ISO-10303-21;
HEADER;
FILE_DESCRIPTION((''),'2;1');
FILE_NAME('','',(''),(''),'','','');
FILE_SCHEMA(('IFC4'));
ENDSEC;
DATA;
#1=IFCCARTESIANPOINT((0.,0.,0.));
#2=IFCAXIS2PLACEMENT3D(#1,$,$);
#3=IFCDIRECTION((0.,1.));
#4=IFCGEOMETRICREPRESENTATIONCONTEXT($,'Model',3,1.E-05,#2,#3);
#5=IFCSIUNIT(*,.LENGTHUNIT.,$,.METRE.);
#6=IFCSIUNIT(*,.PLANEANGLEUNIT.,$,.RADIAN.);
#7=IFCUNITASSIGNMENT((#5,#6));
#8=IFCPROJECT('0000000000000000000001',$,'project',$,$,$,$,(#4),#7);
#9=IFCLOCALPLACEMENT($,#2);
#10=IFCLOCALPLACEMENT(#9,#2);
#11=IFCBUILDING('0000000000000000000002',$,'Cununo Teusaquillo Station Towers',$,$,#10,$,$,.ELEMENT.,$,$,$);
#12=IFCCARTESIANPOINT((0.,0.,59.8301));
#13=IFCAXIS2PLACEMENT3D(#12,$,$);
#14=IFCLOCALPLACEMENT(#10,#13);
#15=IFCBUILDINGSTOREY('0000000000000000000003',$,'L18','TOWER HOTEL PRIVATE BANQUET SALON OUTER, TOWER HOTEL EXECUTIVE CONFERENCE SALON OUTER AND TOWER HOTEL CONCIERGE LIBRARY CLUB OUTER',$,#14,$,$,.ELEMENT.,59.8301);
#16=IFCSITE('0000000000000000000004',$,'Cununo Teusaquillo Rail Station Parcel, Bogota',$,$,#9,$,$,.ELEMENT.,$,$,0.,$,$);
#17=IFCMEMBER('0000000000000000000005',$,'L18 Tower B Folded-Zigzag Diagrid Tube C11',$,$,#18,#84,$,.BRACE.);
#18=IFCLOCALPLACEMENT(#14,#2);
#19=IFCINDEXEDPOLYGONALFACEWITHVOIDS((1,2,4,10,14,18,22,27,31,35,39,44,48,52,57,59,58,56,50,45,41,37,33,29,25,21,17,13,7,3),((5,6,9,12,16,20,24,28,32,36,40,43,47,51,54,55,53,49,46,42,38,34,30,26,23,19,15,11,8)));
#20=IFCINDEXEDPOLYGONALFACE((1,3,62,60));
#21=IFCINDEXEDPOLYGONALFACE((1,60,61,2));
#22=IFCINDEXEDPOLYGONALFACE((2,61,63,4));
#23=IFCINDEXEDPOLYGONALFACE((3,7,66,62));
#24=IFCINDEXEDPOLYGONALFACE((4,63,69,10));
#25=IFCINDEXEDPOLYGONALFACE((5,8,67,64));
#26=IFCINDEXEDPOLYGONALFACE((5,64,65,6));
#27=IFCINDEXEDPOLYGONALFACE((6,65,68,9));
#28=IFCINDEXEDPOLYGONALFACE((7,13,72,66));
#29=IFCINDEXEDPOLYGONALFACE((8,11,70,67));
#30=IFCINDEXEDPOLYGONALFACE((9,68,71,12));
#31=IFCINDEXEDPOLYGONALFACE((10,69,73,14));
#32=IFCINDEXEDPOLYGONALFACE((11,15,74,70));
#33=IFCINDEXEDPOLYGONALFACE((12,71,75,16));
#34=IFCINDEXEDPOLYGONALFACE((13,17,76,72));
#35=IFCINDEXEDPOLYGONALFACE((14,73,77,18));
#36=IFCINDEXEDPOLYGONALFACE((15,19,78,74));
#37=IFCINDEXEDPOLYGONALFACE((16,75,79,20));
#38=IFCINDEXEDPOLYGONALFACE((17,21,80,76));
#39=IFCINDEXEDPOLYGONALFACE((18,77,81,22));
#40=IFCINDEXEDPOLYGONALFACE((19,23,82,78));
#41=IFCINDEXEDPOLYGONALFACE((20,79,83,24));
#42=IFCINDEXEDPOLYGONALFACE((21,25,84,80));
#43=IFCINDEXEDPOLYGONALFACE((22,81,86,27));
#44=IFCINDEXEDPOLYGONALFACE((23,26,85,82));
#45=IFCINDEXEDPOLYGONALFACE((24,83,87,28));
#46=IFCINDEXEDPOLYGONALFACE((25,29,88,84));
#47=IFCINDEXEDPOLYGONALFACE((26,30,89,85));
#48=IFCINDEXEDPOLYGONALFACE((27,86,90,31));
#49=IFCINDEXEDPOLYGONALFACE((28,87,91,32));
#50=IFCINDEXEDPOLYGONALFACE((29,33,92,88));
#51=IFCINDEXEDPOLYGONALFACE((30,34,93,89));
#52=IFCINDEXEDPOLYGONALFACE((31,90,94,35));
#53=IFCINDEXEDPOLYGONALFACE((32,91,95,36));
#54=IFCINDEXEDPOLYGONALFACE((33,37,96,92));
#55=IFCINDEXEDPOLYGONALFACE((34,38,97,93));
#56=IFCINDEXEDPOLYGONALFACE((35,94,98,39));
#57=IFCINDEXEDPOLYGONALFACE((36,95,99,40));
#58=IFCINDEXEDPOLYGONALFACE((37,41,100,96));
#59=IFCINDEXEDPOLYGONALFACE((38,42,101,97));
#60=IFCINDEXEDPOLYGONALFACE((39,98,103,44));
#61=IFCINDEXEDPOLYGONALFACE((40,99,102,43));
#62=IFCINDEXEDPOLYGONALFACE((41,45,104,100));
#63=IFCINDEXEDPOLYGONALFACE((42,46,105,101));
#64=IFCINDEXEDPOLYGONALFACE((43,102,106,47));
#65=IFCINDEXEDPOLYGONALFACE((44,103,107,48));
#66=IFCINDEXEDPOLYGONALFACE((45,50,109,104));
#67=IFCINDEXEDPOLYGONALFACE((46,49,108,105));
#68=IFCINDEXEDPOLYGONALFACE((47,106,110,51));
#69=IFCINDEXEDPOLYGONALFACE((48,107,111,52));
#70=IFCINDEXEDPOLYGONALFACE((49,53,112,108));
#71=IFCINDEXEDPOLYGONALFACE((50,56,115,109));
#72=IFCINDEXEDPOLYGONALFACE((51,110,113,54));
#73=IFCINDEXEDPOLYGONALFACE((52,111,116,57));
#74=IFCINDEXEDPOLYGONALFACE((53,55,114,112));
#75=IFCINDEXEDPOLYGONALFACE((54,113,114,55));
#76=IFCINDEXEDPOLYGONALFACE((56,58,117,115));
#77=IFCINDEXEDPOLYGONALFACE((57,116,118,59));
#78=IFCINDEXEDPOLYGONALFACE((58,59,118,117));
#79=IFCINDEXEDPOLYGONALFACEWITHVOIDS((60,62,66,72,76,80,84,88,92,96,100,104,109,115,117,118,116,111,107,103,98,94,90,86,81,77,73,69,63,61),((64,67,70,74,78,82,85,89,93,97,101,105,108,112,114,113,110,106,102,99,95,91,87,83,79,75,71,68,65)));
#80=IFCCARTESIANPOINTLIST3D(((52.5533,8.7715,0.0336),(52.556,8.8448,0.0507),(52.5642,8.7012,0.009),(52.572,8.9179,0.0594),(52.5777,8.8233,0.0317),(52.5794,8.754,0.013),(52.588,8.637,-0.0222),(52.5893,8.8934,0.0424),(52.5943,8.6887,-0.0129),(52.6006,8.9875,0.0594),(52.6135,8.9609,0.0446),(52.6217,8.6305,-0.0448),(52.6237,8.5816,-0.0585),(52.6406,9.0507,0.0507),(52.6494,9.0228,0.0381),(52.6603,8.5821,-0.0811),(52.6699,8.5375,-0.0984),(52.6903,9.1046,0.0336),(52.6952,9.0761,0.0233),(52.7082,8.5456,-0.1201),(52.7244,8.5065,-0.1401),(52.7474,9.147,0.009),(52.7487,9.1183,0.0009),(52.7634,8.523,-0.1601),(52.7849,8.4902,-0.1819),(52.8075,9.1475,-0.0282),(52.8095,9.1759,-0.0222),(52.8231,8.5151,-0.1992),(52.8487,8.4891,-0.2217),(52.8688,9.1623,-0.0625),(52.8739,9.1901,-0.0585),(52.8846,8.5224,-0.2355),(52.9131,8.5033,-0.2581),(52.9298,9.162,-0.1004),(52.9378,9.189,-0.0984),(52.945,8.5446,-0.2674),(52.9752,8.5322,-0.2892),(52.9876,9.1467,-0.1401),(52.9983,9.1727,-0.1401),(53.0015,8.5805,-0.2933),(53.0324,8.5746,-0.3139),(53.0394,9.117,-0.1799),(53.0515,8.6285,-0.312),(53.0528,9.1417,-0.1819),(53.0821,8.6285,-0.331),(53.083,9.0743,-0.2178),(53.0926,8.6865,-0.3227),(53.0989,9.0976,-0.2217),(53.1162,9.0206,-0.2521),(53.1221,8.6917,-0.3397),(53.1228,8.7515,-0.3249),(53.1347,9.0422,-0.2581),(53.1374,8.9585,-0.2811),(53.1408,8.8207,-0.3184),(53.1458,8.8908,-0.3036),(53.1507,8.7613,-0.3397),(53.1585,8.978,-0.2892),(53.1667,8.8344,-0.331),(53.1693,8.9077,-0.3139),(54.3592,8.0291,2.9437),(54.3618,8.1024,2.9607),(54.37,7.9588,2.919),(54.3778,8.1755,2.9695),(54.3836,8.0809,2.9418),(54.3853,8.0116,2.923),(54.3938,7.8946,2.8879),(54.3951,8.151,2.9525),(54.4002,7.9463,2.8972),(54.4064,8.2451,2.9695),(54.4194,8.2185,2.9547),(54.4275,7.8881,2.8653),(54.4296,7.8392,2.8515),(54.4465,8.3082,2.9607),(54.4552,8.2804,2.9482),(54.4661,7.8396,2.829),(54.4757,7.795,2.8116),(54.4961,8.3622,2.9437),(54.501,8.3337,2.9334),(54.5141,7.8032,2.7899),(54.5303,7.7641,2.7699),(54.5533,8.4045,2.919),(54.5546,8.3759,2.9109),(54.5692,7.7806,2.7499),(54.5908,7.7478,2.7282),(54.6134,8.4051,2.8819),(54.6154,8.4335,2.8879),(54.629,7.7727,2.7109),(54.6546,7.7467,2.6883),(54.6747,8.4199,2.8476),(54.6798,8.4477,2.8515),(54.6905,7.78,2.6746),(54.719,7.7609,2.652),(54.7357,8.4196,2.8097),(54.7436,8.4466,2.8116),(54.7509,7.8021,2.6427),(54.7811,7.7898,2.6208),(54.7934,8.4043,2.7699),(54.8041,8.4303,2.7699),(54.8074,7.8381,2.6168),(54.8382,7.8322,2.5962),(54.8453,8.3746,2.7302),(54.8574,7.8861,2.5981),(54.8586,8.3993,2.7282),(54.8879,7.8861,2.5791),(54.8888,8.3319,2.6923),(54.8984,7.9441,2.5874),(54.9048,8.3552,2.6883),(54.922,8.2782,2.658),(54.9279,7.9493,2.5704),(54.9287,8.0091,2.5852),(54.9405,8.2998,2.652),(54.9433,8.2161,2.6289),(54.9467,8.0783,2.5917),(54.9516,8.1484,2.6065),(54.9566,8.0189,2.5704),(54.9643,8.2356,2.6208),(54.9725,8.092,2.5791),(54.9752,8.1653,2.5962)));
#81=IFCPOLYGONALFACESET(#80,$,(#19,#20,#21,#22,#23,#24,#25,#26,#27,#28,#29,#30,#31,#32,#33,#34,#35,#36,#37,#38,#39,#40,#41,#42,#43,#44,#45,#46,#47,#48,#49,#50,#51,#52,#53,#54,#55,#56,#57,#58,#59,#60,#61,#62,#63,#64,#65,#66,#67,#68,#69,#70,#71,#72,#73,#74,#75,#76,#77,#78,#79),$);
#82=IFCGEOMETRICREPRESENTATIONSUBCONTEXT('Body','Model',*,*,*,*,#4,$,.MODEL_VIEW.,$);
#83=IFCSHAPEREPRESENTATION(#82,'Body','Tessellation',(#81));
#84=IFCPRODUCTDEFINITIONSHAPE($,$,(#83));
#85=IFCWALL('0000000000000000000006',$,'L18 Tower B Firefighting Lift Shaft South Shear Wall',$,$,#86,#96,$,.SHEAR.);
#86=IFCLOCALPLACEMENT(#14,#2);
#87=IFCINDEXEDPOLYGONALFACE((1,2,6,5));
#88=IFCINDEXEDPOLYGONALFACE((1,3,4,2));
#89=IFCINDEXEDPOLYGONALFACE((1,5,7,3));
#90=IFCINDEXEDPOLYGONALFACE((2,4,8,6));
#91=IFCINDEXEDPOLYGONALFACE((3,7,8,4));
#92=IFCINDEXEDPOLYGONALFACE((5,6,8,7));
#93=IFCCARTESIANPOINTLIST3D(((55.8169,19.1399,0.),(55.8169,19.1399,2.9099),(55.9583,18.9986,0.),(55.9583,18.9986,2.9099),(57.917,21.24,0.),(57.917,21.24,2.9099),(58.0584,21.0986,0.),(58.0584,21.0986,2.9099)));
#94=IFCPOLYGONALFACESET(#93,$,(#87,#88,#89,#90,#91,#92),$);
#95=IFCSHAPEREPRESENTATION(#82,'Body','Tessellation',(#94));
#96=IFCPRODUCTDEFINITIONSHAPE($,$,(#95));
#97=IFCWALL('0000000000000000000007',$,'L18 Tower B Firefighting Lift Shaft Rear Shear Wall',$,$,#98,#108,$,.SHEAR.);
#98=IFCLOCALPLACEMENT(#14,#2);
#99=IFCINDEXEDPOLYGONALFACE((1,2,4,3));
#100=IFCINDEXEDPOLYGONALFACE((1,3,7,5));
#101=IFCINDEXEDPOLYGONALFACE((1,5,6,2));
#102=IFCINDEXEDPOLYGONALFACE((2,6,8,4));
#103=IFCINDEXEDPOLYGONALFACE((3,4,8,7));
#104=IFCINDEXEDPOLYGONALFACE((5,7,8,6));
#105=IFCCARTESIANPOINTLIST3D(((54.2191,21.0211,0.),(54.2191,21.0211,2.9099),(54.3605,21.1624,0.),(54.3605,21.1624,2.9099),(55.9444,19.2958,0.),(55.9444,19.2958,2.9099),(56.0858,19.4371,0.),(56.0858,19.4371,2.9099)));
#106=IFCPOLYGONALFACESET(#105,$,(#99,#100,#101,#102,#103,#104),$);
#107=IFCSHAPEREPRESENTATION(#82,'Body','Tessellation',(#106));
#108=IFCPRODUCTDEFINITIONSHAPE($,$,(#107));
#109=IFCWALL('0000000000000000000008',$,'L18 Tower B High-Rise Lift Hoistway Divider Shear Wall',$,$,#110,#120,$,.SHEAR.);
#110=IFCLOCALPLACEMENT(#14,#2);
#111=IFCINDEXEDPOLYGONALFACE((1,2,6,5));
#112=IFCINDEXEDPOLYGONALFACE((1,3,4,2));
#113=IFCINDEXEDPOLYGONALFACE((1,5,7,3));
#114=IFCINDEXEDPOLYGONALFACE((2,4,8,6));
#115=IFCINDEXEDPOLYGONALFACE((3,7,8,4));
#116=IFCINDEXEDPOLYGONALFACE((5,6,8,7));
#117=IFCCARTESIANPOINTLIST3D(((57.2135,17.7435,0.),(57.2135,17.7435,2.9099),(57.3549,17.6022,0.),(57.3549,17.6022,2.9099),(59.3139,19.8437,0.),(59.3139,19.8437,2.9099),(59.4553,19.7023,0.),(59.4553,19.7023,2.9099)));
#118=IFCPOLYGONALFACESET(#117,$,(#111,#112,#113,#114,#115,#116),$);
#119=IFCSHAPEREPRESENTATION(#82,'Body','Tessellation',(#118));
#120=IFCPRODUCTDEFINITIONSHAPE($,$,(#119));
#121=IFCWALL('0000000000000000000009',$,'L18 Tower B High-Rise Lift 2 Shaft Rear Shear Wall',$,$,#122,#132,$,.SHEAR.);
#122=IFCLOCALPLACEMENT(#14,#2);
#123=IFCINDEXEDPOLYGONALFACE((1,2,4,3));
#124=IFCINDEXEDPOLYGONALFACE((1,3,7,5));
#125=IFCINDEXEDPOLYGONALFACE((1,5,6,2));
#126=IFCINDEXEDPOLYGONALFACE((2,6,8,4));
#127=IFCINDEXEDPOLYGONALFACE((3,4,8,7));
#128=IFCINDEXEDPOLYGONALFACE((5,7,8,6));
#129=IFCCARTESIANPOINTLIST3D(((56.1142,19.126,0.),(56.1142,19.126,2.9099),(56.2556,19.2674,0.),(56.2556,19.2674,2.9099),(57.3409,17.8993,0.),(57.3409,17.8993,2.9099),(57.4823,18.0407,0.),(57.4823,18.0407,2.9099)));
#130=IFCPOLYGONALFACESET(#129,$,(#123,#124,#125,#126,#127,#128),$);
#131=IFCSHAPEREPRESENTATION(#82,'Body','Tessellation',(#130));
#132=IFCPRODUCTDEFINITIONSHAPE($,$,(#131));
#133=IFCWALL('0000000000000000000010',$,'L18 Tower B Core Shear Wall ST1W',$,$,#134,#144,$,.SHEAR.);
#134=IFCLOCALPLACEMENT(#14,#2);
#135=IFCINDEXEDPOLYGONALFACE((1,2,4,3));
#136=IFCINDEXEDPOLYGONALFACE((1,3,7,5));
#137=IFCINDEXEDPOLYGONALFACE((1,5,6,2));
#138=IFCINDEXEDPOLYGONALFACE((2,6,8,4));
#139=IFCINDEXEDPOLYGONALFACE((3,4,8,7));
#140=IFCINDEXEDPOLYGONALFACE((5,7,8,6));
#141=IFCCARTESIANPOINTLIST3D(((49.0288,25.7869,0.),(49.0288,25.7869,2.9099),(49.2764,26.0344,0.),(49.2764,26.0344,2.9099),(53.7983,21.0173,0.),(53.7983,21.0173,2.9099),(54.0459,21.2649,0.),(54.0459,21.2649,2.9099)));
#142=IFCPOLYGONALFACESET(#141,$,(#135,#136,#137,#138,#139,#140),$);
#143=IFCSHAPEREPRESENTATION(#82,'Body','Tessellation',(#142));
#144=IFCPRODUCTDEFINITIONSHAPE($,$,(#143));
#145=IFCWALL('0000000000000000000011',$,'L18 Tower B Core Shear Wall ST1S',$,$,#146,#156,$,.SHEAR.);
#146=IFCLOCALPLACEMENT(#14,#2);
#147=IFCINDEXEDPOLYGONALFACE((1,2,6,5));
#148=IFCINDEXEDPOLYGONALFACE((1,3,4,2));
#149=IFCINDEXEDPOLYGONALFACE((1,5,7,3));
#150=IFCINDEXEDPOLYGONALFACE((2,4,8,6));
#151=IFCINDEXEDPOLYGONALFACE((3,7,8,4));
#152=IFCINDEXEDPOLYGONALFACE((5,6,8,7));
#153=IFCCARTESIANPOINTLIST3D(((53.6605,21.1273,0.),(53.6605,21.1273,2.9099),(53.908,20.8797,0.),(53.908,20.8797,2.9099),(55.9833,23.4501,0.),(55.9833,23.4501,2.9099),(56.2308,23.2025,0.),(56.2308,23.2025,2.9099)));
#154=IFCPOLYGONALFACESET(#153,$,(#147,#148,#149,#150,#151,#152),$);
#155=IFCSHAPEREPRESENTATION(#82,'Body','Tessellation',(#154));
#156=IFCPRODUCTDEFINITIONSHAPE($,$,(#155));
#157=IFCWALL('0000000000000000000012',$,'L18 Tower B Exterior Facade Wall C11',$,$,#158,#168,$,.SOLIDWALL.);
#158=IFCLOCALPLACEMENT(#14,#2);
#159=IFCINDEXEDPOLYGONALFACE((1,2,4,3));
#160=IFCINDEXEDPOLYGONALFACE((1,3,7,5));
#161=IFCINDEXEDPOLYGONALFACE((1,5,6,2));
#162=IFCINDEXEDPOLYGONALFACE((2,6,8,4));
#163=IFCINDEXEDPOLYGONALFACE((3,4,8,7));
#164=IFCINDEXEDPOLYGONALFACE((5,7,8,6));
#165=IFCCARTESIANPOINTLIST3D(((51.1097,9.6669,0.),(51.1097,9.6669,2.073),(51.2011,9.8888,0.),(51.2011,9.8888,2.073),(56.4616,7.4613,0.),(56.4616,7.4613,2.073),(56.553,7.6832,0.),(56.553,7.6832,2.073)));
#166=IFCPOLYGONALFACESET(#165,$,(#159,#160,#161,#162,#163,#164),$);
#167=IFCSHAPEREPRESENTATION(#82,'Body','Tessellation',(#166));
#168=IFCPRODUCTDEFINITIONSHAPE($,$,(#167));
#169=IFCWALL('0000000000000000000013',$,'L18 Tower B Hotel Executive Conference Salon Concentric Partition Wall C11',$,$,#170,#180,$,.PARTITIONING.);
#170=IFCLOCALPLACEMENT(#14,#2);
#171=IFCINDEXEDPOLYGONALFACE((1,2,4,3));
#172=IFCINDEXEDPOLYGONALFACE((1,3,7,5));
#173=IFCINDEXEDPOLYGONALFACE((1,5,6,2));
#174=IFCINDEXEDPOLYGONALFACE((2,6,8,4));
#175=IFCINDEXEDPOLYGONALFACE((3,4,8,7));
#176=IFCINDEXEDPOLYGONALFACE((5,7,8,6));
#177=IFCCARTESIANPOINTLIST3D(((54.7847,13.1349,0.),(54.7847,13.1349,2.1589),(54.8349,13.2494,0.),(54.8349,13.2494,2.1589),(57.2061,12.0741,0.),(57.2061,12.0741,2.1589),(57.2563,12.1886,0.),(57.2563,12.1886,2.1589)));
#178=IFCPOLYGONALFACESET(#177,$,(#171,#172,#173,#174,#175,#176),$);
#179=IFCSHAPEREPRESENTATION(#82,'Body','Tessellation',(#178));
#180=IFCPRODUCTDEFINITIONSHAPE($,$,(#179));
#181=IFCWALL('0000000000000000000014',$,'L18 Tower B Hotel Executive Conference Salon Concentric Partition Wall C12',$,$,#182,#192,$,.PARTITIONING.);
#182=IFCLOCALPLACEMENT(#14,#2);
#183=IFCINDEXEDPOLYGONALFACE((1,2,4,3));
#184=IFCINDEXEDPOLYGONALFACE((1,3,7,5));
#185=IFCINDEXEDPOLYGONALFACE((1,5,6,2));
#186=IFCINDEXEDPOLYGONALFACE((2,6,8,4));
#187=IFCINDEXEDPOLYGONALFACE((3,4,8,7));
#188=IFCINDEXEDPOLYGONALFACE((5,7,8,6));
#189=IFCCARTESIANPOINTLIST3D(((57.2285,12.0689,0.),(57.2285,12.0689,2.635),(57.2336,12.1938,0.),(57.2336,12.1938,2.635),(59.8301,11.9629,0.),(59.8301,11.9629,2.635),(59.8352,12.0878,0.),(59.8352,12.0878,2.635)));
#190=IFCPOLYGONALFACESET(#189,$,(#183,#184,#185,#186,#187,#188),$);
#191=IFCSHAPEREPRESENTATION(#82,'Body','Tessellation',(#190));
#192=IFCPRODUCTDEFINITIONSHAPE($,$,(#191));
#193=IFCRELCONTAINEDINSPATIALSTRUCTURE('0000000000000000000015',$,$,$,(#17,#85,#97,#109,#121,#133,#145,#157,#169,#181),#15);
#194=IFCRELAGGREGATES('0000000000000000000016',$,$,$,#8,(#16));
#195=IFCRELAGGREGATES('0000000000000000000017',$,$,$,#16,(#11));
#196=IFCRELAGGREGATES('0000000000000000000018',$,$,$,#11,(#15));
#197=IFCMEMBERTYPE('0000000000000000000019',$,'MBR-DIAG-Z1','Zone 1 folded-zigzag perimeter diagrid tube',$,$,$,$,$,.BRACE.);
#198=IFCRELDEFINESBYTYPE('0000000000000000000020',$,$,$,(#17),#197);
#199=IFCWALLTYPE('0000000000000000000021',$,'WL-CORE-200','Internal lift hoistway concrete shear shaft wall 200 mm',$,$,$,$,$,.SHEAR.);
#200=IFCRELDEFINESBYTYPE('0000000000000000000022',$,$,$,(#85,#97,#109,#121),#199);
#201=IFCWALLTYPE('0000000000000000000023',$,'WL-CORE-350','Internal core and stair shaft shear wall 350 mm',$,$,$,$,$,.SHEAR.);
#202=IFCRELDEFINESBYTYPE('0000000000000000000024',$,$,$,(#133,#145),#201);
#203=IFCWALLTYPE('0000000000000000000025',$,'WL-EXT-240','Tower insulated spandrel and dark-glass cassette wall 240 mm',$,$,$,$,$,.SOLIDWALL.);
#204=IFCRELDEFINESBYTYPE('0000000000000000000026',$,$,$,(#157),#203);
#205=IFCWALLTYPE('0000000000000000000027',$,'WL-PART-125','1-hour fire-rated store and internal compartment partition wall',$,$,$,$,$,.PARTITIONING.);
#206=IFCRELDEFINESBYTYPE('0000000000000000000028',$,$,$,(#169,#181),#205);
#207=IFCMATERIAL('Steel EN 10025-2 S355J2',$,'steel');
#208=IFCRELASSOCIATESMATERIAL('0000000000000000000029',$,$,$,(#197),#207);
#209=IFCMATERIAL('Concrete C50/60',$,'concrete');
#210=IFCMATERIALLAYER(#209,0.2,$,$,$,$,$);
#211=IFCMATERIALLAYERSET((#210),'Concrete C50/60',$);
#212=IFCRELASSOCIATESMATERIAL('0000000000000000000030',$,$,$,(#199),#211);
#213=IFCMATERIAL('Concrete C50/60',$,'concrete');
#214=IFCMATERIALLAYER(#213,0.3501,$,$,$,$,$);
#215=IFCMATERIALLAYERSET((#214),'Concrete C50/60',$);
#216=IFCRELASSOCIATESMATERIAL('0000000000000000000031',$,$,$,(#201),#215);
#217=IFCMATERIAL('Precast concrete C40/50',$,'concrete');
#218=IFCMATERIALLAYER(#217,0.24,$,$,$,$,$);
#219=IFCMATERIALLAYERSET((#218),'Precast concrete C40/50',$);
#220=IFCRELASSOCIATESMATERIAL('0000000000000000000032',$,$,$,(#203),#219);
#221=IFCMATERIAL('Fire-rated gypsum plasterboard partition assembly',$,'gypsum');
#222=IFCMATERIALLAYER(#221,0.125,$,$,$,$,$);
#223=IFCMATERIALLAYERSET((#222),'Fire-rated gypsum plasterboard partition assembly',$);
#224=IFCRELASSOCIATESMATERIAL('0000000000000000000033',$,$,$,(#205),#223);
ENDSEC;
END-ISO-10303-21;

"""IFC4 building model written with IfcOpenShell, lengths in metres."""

from ifc_helpers import new_model, si_unit, direction, frame, frame_2d, origin, origin_2d, place, context, subcontext, project, spatial, rectangle, hollow_circle, extrude, material, layer, layer_set, material_profile, profile_set, type_object, element, save


model = new_model("IFC4")

# Units and contexts
model_context = context("Model", 3, precision=1e-05, world=origin(), true_north=direction((0.0, 1.0)))
body_context = subcontext(model_context, "Body", "Model", "MODEL_VIEW")
ifc_project = project(units=[si_unit("LENGTHUNIT", "METRE"), si_unit("PLANEANGLEUNIT", "RADIAN")], contexts=[model_context])

# Site, building, storey
site_placement = place(None, origin())
site = spatial("IfcSite", under=ifc_project, at=site_placement, Name="Cununo Teusaquillo Rail Station Parcel, Bogota", CompositionType="ELEMENT", RefElevation=0.0)
building_placement = place(site_placement, origin())
building = spatial("IfcBuilding", under=site, at=building_placement, Name="Cununo Teusaquillo Station Towers", CompositionType="ELEMENT")
storey_placement = place(building_placement, frame((0.0, 0.0, 59.8301)))
storey = spatial("IfcBuildingStorey", under=building, at=storey_placement, Name="L18", Description="TOWER HOTEL PRIVATE BANQUET SALON OUTER, TOWER HOTEL EXECUTIVE CONFERENCE SALON OUTER AND TOWER HOTEL CONCIERGE LIBRARY CLUB OUTER", CompositionType="ELEMENT", Elevation=59.8301)

# Member
ifc_material_1 = material(Name="Steel EN 10025-2 S355J2", Category="steel")
ifc_material_profile_1 = material_profile(ifc_material_1, hollow_circle(Radius=0.3601, WallThickness=0.0281, at=origin_2d()), Name="CHS 720x28")
ifc_profile_set_1 = profile_set([ifc_material_profile_1], Name="Steel EN 10025-2 S355J2")
member_type = type_object("IfcMemberType", Name="MBR-DIAG-Z1", Description="Zone 1 folded-zigzag perimeter diagrid tube", PredefinedType="BRACE", material=ifc_profile_set_1)
member_placement = place(storey_placement, frame((52.8613, 8.8396, -0.1401), z_axis=(0.515311, -0.211851, 0.830406), x_axis=(0.380234, 0.92489, 0.0)))
element("IfcMember", 1, at=member_placement, inside=storey, type_object=member_type, Name="L18 Tower B Folded-Zigzag Diagrid Tube C11", PredefinedType="BRACE", context=body_context, shape_type="SweptSolid", body=[
    extrude(hollow_circle(Radius=0.3601, WallThickness=0.0281, at=origin_2d()), origin(), (0.0, 0.0, 1.0), 3.5044),
])

# Walls
ifc_material_2 = material(Name="Concrete C50/60", Category="concrete")
ifc_layer_1 = layer(ifc_material_2, 0.2)
ifc_layer_set_1 = layer_set([ifc_layer_1], Name="Concrete C50/60")
wall_type_1 = type_object("IfcWallType", Name="WL-CORE-200", Description="Internal lift hoistway concrete shear shaft wall 200 mm", PredefinedType="SHEAR", material=ifc_layer_set_1)
wall_1_placement = place(storey_placement, frame((55.8877, 19.0693, 0.0), z_axis=(0.0, 0.0, 1.0), x_axis=(0.707107, 0.707107, 0.0)))
element("IfcWall", 2, at=wall_1_placement, inside=storey, type_object=wall_type_1, Name="L18 Tower B Firefighting Lift Shaft South Shear Wall", PredefinedType="SHEAR", context=body_context, shape_type="SweptSolid", body=[
    extrude(rectangle(XDim=2.97, YDim=0.2, at=frame_2d((1.4849, 0.0))), origin(), (0.0, 0.0, 1.0), 2.9099),
])
wall_2_placement = place(storey_placement, frame((56.0151, 19.3665, 0.0), z_axis=(0.0, 0.0, 1.0), x_axis=(-0.707107, 0.707107, 0.0)))
element("IfcWall", 3, at=wall_2_placement, inside=storey, type_object=wall_type_1, Name="L18 Tower B Firefighting Lift Shaft Rear Shear Wall", PredefinedType="SHEAR", context=body_context, shape_type="SweptSolid", body=[
    extrude(rectangle(XDim=2.4399, YDim=0.2, at=frame_2d((1.22, 0.0))), origin(), (0.0, 0.0, 1.0), 2.9099),
])
wall_3_placement = place(storey_placement, frame((57.2842, 17.6729, 0.0), z_axis=(0.0, 0.0, 1.0), x_axis=(0.707148, 0.707066, 0.0)))
element("IfcWall", 4, at=wall_3_placement, inside=storey, type_object=wall_type_1, Name="L18 Tower B High-Rise Lift Hoistway Divider Shear Wall", PredefinedType="SHEAR", context=body_context, shape_type="SweptSolid", body=[
    extrude(rectangle(XDim=2.9702, YDim=0.2, at=frame_2d((1.4851, 0.0))), origin(), (0.0, 0.0, 1.0), 2.9099),
])
wall_4_placement = place(storey_placement, frame((57.4116, 17.97, 0.0), z_axis=(0.0, 0.0, 1.0), x_axis=(-0.707107, 0.707107, 0.0)))
element("IfcWall", 5, at=wall_4_placement, inside=storey, type_object=wall_type_1, Name="L18 Tower B High-Rise Lift 2 Shaft Rear Shear Wall", PredefinedType="SHEAR", context=body_context, shape_type="SweptSolid", body=[
    extrude(rectangle(XDim=1.7349, YDim=0.2, at=frame_2d((0.8674, 0.0))), origin(), (0.0, 0.0, 1.0), 2.9099),
])
ifc_material_3 = material(Name="Concrete C50/60", Category="concrete")
ifc_layer_2 = layer(ifc_material_3, 0.3501)
ifc_layer_set_2 = layer_set([ifc_layer_2], Name="Concrete C50/60")
wall_type_2 = type_object("IfcWallType", Name="WL-CORE-350", Description="Internal core and stair shaft shear wall 350 mm", PredefinedType="SHEAR", material=ifc_layer_set_2)
wall_5_placement = place(storey_placement, frame((53.9221, 21.1411, 0.0), z_axis=(0.0, 0.0, 1.0), x_axis=(-0.707107, 0.707107, 0.0)))
element("IfcWall", 6, at=wall_5_placement, inside=storey, type_object=wall_type_2, Name="L18 Tower B Core Shear Wall ST1W", PredefinedType="SHEAR", context=body_context, shape_type="SweptSolid", body=[
    extrude(rectangle(XDim=6.7451, YDim=0.3501, at=frame_2d((3.3726, 0.0))), origin(), (0.0, 0.0, 1.0), 2.9099),
])
wall_6_placement = place(storey_placement, frame((53.7842, 21.0034, 0.0), z_axis=(0.0, 0.0, 1.0), x_axis=(0.707107, 0.707107, 0.0)))
element("IfcWall", 7, at=wall_6_placement, inside=storey, type_object=wall_type_2, Name="L18 Tower B Core Shear Wall ST1S", PredefinedType="SHEAR", context=body_context, shape_type="SweptSolid", body=[
    extrude(rectangle(XDim=3.2849, YDim=0.3501, at=frame_2d((1.6426, 0.0))), origin(), (0.0, 0.0, 1.0), 2.9099),
])
ifc_material_4 = material(Name="Precast concrete C40/50", Category="concrete")
ifc_layer_3 = layer(ifc_material_4, 0.24)
ifc_layer_set_3 = layer_set([ifc_layer_3], Name="Precast concrete C40/50")
wall_type_3 = type_object("IfcWallType", Name="WL-EXT-240", Description="Tower insulated spandrel and dark-glass cassette wall 240 mm", PredefinedType="SOLIDWALL", material=ifc_layer_set_3)
wall_7_placement = place(storey_placement, frame((56.5073, 7.5723, 0.0), z_axis=(0.0, 0.0, 1.0), x_axis=(-0.924564, 0.381028, 0.0)))
element("IfcWall", 8, at=wall_7_placement, inside=storey, type_object=wall_type_3, Name="L18 Tower B Exterior Facade Wall C11", PredefinedType="SOLIDWALL", context=body_context, shape_type="SweptSolid", body=[
    extrude(rectangle(XDim=5.7886, YDim=0.24, at=frame_2d((2.8943, 0.0))), origin(), (0.0, 0.0, 1.0), 2.073),
])
ifc_material_5 = material(Name="Fire-rated gypsum plasterboard partition assembly", Category="gypsum")
ifc_layer_4 = layer(ifc_material_5, 0.125)
ifc_layer_set_4 = layer_set([ifc_layer_4], Name="Fire-rated gypsum plasterboard partition assembly")
wall_type_4 = type_object("IfcWallType", Name="WL-PART-125", Description="1-hour fire-rated store and internal compartment partition wall", PredefinedType="PARTITIONING", material=ifc_layer_set_4)
wall_8_placement = place(storey_placement, frame((54.8098, 13.1921, 0.0), z_axis=(0.0, 0.0, 1.0), x_axis=(0.915958, -0.401274, 0.0)))
element("IfcWall", 9, at=wall_8_placement, inside=storey, type_object=wall_type_4, Name="L18 Tower B Hotel Executive Conference Salon Concentric Partition Wall C11", PredefinedType="PARTITIONING", context=body_context, shape_type="SweptSolid", body=[
    extrude(rectangle(XDim=2.6436, YDim=0.125, at=frame_2d((1.3218, 0.0))), origin(), (0.0, 0.0, 1.0), 2.1589),
])
wall_9_placement = place(storey_placement, frame((57.2312, 12.1313, 0.0), z_axis=(0.0, 0.0, 1.0), x_axis=(0.999172, -0.040694, 0.0)))
element("IfcWall", 10, at=wall_9_placement, inside=storey, type_object=wall_type_4, Name="L18 Tower B Hotel Executive Conference Salon Concentric Partition Wall C12", PredefinedType="PARTITIONING", context=body_context, shape_type="SweptSolid", body=[
    extrude(rectangle(XDim=2.6038, YDim=0.125, at=frame_2d((1.3018, 0.0))), origin(), (0.0, 0.0, 1.0), 2.635),
])

save(model, "model.ifc")
